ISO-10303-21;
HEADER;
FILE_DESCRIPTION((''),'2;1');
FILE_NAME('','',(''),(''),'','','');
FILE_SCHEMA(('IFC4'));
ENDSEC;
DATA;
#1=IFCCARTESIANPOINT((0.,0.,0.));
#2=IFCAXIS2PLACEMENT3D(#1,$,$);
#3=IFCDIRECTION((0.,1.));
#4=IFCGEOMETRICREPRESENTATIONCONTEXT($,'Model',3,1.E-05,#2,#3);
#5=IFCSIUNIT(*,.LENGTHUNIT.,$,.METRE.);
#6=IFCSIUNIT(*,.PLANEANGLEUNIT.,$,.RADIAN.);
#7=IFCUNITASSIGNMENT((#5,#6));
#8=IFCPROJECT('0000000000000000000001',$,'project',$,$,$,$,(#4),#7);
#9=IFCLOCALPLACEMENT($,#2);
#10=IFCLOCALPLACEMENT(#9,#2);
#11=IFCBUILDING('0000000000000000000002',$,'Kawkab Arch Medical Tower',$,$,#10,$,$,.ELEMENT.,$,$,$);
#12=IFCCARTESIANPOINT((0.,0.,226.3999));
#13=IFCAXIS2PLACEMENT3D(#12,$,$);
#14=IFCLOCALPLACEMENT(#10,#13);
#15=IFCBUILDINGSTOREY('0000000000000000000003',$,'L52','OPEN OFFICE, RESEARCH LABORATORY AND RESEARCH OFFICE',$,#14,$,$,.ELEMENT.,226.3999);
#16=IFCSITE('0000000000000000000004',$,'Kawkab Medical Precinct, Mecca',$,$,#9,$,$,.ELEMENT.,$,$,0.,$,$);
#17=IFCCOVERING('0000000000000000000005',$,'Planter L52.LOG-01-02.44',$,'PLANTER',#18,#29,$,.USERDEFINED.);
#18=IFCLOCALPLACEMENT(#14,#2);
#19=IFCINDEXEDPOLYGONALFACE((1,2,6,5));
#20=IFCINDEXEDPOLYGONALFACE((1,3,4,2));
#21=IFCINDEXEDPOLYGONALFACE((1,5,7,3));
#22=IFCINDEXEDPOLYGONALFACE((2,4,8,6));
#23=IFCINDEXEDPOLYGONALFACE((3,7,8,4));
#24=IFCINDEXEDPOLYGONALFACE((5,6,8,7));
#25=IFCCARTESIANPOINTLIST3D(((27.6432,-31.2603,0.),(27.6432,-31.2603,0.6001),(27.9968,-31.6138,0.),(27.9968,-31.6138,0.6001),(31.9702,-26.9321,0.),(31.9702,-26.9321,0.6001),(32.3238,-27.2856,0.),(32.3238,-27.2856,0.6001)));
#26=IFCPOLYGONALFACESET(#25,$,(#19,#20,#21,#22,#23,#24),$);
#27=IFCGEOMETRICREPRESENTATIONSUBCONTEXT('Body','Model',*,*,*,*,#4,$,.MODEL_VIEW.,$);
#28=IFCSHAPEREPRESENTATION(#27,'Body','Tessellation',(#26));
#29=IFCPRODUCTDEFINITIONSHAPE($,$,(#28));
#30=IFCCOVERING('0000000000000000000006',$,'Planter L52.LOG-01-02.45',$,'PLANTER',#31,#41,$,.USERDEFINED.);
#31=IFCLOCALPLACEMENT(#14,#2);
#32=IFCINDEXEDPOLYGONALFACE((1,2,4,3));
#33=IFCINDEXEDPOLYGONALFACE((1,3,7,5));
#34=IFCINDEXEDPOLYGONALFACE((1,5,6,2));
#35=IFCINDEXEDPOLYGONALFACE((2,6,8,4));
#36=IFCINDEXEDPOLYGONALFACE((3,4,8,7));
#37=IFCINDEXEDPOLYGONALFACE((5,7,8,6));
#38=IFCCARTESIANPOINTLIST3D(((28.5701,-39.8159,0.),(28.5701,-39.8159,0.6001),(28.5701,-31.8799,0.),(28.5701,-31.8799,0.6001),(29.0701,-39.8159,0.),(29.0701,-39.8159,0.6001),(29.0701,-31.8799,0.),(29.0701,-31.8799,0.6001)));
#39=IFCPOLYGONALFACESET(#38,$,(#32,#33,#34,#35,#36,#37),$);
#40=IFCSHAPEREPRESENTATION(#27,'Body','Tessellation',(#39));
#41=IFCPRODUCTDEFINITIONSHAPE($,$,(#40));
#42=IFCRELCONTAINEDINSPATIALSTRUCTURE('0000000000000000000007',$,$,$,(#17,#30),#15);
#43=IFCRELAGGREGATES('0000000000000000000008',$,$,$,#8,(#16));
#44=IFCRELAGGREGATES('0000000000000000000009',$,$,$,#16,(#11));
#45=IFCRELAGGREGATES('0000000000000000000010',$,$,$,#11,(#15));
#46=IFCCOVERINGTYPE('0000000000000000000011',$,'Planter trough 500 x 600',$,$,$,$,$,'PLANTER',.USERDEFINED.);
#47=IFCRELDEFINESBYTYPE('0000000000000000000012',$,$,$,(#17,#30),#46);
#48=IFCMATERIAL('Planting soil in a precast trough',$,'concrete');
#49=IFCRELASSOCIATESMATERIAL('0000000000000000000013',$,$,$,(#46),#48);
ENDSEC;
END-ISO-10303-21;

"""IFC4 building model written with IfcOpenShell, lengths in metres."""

from ifc_helpers import new_model, si_unit, direction, frame, origin, origin_2d, place, context, subcontext, project, spatial, rectangle, extrude, material, material_profile, profile_set, type_object, element, save


model = new_model("IFC4")

# Units and contexts
model_context = context("Model", 3, precision=1e-05, world=origin(), true_north=direction((0.0, 1.0)))
body_context = subcontext(model_context, "Body", "Model", "MODEL_VIEW")
ifc_project = project(units=[si_unit("LENGTHUNIT", "METRE"), si_unit("PLANEANGLEUNIT", "RADIAN")], contexts=[model_context])

# Site, building, storey
site_placement = place(None, origin())
site = spatial("IfcSite", under=ifc_project, at=site_placement, Name="Kawkab Medical Precinct, Mecca", CompositionType="ELEMENT", RefElevation=0.0)
building_placement = place(site_placement, origin())
building = spatial("IfcBuilding", under=site, at=building_placement, Name="Kawkab Arch Medical Tower", CompositionType="ELEMENT")
storey_placement = place(building_placement, frame((0.0, 0.0, 226.3999)))
storey = spatial("IfcBuildingStorey", under=building, at=storey_placement, Name="L52", Description="OPEN OFFICE, RESEARCH LABORATORY AND RESEARCH OFFICE", CompositionType="ELEMENT", Elevation=226.3999)

# Coverings
ifc_material_1 = material(Name="Planting soil in a precast trough", Category="concrete")
ifc_material_profile_1 = material_profile(ifc_material_1, rectangle(XDim=0.5, YDim=0.6001, at=origin_2d()), Name="Trough 500x600")
ifc_profile_set_1 = profile_set([ifc_material_profile_1], Name="Planting soil in a precast trough")
covering_type_1 = type_object("IfcCoveringType", Name="Planter trough 500 x 600", ElementType="PLANTER", PredefinedType="USERDEFINED", material=ifc_profile_set_1)
covering_1_placement = place(storey_placement, frame((32.147, -27.1089, 0.3), z_axis=(-0.707007, -0.707207, 0.0), x_axis=(0.707207, -0.707007, 0.0)))
element("IfcCovering", 1, at=covering_1_placement, inside=storey, type_object=covering_type_1, Name="Planter L52.LOG-01-02.44", ObjectType="PLANTER", PredefinedType="USERDEFINED", context=body_context, shape_type="SweptSolid", body=[
    extrude(rectangle(XDim=0.5, YDim=0.6001, at=origin_2d()), origin(), (0.0, 0.0, 1.0), 6.1201),
])
covering_2_placement = place(storey_placement, frame((28.8201, -31.8799, 0.3), z_axis=(0.0, -1.0, 0.0), x_axis=(1.0, 0.0, 0.0)))
element("IfcCovering", 2, at=covering_2_placement, inside=storey, type_object=covering_type_1, Name="Planter L52.LOG-01-02.45", ObjectType="PLANTER", PredefinedType="USERDEFINED", context=body_context, shape_type="SweptSolid", body=[
    extrude(rectangle(XDim=0.5, YDim=0.6001, at=origin_2d()), origin(), (0.0, 0.0, 1.0), 7.936),
])

save(model, "model.ifc")
